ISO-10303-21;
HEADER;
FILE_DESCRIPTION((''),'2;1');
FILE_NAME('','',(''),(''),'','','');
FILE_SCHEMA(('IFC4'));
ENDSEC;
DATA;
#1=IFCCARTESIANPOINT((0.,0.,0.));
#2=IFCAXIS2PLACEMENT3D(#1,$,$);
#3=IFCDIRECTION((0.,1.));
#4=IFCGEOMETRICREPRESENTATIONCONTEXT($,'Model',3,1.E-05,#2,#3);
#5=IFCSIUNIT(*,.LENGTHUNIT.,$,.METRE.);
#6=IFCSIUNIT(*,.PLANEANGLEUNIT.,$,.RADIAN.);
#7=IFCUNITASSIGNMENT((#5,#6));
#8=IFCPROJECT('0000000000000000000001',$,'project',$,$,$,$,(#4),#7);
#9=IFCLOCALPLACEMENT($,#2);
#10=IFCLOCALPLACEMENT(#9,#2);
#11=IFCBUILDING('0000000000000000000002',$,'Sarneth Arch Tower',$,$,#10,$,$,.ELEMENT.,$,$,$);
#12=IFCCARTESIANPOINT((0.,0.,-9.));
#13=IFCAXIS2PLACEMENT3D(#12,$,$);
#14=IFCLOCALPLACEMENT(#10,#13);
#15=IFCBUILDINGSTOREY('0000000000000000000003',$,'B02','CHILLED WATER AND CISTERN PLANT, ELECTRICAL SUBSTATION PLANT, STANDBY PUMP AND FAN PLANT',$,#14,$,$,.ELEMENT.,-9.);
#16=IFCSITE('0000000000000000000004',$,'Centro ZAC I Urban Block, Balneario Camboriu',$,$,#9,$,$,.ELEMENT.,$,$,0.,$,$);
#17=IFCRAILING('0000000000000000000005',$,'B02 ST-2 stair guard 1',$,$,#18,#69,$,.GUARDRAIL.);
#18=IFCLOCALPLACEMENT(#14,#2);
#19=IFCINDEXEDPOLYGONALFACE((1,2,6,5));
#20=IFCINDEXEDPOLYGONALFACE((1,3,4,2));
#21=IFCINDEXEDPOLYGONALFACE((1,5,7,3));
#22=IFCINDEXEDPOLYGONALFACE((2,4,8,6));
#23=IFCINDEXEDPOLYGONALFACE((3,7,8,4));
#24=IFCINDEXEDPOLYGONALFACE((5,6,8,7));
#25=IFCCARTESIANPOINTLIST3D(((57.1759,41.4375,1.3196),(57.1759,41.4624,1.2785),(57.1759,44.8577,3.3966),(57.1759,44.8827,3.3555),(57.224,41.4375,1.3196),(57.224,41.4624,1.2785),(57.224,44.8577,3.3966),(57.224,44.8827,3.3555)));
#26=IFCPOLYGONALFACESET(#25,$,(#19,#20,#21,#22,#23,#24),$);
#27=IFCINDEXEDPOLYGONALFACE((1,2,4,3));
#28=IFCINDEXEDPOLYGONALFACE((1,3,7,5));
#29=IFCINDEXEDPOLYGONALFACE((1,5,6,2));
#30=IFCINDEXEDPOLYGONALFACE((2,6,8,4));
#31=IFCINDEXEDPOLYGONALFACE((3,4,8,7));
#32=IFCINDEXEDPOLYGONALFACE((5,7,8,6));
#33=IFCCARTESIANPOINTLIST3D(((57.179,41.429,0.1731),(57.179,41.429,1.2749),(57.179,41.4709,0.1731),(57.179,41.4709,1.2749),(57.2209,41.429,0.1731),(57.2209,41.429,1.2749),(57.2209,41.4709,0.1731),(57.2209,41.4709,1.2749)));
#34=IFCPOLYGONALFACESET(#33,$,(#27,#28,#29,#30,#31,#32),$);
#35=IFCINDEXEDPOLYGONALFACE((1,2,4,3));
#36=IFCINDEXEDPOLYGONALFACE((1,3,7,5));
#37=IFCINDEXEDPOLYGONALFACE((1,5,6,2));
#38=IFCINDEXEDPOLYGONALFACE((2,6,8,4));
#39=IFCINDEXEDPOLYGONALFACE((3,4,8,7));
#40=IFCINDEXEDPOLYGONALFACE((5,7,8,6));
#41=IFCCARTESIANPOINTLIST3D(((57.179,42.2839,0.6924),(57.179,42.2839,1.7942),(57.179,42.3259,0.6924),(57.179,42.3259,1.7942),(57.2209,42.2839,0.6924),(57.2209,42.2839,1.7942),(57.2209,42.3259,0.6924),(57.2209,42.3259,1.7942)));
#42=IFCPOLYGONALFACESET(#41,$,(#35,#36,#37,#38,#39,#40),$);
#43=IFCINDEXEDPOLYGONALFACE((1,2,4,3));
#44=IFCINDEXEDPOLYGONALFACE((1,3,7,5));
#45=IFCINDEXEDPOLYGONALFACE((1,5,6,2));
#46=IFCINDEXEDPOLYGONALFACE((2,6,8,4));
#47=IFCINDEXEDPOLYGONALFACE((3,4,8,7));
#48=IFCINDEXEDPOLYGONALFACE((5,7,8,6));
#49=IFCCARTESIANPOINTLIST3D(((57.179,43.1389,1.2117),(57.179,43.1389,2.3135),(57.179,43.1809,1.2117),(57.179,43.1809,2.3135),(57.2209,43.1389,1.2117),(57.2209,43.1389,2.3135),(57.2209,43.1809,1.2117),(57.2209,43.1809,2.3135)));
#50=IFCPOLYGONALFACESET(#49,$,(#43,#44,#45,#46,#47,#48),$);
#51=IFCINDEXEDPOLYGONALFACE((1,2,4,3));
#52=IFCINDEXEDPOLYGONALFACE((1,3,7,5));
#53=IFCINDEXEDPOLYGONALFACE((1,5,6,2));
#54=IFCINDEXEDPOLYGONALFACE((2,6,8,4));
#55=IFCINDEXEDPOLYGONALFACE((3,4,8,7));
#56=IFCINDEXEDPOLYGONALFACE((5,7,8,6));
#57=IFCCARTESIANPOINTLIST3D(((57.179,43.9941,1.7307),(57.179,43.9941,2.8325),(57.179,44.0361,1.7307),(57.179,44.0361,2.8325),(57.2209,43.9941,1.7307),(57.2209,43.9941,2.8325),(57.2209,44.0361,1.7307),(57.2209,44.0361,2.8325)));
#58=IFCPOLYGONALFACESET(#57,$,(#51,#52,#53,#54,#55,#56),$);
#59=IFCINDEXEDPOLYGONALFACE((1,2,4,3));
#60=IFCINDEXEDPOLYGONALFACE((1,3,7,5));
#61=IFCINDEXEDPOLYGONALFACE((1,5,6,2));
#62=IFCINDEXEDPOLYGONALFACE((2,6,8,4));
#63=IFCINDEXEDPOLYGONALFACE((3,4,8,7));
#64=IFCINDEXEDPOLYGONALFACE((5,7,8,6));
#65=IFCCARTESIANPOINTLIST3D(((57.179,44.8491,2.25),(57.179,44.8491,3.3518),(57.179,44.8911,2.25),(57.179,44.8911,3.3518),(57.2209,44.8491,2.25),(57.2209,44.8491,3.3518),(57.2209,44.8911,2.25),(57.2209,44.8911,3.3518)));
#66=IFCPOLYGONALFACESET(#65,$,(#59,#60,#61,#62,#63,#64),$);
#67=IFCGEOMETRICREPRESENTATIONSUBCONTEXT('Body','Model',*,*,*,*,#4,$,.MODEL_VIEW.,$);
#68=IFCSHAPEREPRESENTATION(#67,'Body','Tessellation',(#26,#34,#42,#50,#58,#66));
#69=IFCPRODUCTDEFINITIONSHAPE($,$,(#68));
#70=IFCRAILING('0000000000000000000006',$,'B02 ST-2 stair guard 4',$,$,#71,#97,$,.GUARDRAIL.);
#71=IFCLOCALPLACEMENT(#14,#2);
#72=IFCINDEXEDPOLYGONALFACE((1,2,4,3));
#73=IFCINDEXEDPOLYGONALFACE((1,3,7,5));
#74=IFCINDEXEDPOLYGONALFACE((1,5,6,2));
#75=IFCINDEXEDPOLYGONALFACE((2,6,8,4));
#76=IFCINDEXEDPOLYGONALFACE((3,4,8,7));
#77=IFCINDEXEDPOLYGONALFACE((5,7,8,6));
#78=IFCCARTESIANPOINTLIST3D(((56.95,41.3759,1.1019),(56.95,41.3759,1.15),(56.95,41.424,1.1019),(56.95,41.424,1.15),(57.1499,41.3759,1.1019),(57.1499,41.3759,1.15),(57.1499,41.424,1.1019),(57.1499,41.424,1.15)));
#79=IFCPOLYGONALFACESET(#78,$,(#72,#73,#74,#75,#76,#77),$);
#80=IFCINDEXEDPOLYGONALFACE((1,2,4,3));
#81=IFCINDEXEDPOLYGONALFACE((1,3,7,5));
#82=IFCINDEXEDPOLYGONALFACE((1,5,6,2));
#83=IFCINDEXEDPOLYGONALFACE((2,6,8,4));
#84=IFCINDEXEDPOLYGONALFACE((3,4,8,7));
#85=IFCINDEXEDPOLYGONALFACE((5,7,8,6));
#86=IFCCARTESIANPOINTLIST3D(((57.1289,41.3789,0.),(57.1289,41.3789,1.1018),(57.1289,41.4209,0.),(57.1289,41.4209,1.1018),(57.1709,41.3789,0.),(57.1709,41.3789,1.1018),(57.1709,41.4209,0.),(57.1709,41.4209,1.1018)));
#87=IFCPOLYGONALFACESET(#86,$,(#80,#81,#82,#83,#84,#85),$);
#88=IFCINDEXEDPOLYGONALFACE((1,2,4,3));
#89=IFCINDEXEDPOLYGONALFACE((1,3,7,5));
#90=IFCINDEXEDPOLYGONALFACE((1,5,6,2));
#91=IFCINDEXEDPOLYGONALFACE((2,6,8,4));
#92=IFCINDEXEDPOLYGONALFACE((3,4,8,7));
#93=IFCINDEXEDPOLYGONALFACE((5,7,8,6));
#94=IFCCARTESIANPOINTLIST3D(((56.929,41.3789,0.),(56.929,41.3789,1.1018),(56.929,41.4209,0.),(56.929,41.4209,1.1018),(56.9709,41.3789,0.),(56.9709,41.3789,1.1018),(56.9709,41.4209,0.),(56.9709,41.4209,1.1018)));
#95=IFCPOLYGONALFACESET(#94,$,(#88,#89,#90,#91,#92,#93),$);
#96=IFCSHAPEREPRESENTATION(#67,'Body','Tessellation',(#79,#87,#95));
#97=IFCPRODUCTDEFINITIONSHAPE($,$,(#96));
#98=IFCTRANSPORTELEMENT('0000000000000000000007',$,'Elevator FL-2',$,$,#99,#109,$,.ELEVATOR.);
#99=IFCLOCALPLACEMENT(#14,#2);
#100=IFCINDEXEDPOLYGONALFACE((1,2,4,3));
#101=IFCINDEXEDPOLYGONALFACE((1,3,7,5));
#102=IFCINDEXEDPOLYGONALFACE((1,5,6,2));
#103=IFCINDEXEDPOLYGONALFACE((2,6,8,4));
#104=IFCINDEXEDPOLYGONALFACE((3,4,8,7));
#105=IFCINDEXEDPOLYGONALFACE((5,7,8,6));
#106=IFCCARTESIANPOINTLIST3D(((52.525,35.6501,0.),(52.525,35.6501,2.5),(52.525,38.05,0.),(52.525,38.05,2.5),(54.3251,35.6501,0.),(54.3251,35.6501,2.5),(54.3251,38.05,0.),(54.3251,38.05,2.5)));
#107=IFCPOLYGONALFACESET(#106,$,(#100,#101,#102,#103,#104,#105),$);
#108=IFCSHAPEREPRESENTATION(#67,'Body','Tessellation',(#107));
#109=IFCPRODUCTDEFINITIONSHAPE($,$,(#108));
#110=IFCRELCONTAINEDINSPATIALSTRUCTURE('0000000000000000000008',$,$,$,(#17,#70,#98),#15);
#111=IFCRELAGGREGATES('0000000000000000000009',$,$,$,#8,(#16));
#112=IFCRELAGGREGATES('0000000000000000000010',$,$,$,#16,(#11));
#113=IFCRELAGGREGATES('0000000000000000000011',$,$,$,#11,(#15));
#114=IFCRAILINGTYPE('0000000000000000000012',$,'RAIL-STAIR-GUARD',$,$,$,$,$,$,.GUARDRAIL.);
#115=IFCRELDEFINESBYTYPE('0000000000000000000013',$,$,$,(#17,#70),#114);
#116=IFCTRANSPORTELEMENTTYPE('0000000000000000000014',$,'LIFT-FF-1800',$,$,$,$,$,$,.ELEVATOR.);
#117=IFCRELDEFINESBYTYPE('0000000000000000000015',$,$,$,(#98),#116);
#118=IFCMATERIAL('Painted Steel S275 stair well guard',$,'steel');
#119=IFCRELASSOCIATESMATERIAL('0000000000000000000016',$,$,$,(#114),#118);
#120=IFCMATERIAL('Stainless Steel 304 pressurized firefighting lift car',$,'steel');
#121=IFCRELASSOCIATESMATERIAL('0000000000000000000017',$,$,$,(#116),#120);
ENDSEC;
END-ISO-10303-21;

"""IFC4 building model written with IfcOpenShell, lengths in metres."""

from ifc_helpers import new_model, si_unit, direction, frame, origin, origin_2d, place, context, subcontext, project, spatial, rectangle, extrude, material, type_object, element, save


model = new_model("IFC4")

# Units and contexts
model_context = context("Model", 3, precision=1e-05, world=origin(), true_north=direction((0.0, 1.0)))
body_context = subcontext(model_context, "Body", "Model", "MODEL_VIEW")
ifc_project = project(units=[si_unit("LENGTHUNIT", "METRE"), si_unit("PLANEANGLEUNIT", "RADIAN")], contexts=[model_context])

# Site, building, storey
site_placement = place(None, origin())
site = spatial("IfcSite", under=ifc_project, at=site_placement, Name="Centro ZAC I Urban Block, Balneario Camboriu", CompositionType="ELEMENT", RefElevation=0.0)
building_placement = place(site_placement, origin())
building = spatial("IfcBuilding", under=site, at=building_placement, Name="Sarneth Arch Tower", CompositionType="ELEMENT")
storey_placement = place(building_placement, frame((0.0, 0.0, -9.0)))
storey = spatial("IfcBuildingStorey", under=building, at=storey_placement, Name="B02", Description="CHILLED WATER AND CISTERN PLANT, ELECTRICAL SUBSTATION PLANT, STANDBY PUMP AND FAN PLANT", CompositionType="ELEMENT", Elevation=-9.0)

# Railings
ifc_material_1 = material(Name="Painted Steel S275 stair well guard", Category="steel")
railing_type_1 = type_object("IfcRailingType", Name="RAIL-STAIR-GUARD", PredefinedType="GUARDRAIL", material=ifc_material_1)
railing_1_placement = place(storey_placement, frame((57.2, 41.45, 0.1731)))
element("IfcRailing", 1, at=railing_1_placement, inside=storey, type_object=railing_type_1, Name="B02 ST-2 stair guard 1", PredefinedType="GUARDRAIL", context=body_context, shape_type="SweptSolid", body=[
    extrude(rectangle(XDim=0.0481, YDim=0.0481, at=origin_2d()), frame((0.0, 0.0, 1.126), z_axis=(0.0, 0.854746, 0.519047), x_axis=(-1.0, 0.0, 0.0)), (0.0, 0.0, 1.0), 4.0015),
    extrude(rectangle(XDim=0.042, YDim=0.042, at=origin_2d()), origin(), (0.0, 0.0, 1.0), 1.1018),
    extrude(rectangle(XDim=0.042, YDim=0.042, at=origin_2d()), frame((0.0, 0.855, 0.5193)), (0.0, 0.0, 1.0), 1.1018),
    extrude(rectangle(XDim=0.042, YDim=0.042, at=origin_2d()), frame((0.0, 1.71, 1.0386)), (0.0, 0.0, 1.0), 1.1018),
    extrude(rectangle(XDim=0.042, YDim=0.042, at=origin_2d()), frame((0.0, 2.5652, 1.5576)), (0.0, 0.0, 1.0), 1.1018),
    extrude(rectangle(XDim=0.042, YDim=0.042, at=origin_2d()), frame((0.0, 3.4202, 2.0769)), (0.0, 0.0, 1.0), 1.1018),
])
railing_2_placement = place(storey_placement, frame((57.1499, 41.3999, 0.0)))
element("IfcRailing", 2, at=railing_2_placement, inside=storey, type_object=railing_type_1, Name="B02 ST-2 stair guard 4", PredefinedType="GUARDRAIL", context=body_context, shape_type="SweptSolid", body=[
    extrude(rectangle(XDim=0.0481, YDim=0.0481, at=origin_2d()), frame((0.0, 0.0, 1.126), z_axis=(-1.0, 0.0, 0.0), x_axis=(0.0, -1.0, 0.0)), (0.0, 0.0, 1.0), 0.2),
    extrude(rectangle(XDim=0.042, YDim=0.042, at=origin_2d()), origin(), (0.0, 0.0, 1.0), 1.1018),
    extrude(rectangle(XDim=0.042, YDim=0.042, at=origin_2d()), frame((-0.2, 0.0, 0.0)), (0.0, 0.0, 1.0), 1.1018),
])

# Transport element
ifc_material_2 = material(Name="Stainless Steel 304 pressurized firefighting lift car", Category="steel")
transport_element_type = type_object("IfcTransportElementType", Name="LIFT-FF-1800", PredefinedType="ELEVATOR", material=ifc_material_2)
transport_element_placement = place(storey_placement, frame((53.425, 36.8501, 0.0), z_axis=(0.0, 0.0, 1.0), x_axis=(1.0, 0.0, 0.0)))
element("IfcTransportElement", 3, at=transport_element_placement, inside=storey, type_object=transport_element_type, Name="Elevator FL-2", PredefinedType="ELEVATOR", context=body_context, shape_type="SweptSolid", body=[
    extrude(rectangle(XDim=1.8, YDim=2.3999, at=origin_2d()), origin(), (0.0, 0.0, 1.0), 2.5),
])

save(model, "model.ifc")
